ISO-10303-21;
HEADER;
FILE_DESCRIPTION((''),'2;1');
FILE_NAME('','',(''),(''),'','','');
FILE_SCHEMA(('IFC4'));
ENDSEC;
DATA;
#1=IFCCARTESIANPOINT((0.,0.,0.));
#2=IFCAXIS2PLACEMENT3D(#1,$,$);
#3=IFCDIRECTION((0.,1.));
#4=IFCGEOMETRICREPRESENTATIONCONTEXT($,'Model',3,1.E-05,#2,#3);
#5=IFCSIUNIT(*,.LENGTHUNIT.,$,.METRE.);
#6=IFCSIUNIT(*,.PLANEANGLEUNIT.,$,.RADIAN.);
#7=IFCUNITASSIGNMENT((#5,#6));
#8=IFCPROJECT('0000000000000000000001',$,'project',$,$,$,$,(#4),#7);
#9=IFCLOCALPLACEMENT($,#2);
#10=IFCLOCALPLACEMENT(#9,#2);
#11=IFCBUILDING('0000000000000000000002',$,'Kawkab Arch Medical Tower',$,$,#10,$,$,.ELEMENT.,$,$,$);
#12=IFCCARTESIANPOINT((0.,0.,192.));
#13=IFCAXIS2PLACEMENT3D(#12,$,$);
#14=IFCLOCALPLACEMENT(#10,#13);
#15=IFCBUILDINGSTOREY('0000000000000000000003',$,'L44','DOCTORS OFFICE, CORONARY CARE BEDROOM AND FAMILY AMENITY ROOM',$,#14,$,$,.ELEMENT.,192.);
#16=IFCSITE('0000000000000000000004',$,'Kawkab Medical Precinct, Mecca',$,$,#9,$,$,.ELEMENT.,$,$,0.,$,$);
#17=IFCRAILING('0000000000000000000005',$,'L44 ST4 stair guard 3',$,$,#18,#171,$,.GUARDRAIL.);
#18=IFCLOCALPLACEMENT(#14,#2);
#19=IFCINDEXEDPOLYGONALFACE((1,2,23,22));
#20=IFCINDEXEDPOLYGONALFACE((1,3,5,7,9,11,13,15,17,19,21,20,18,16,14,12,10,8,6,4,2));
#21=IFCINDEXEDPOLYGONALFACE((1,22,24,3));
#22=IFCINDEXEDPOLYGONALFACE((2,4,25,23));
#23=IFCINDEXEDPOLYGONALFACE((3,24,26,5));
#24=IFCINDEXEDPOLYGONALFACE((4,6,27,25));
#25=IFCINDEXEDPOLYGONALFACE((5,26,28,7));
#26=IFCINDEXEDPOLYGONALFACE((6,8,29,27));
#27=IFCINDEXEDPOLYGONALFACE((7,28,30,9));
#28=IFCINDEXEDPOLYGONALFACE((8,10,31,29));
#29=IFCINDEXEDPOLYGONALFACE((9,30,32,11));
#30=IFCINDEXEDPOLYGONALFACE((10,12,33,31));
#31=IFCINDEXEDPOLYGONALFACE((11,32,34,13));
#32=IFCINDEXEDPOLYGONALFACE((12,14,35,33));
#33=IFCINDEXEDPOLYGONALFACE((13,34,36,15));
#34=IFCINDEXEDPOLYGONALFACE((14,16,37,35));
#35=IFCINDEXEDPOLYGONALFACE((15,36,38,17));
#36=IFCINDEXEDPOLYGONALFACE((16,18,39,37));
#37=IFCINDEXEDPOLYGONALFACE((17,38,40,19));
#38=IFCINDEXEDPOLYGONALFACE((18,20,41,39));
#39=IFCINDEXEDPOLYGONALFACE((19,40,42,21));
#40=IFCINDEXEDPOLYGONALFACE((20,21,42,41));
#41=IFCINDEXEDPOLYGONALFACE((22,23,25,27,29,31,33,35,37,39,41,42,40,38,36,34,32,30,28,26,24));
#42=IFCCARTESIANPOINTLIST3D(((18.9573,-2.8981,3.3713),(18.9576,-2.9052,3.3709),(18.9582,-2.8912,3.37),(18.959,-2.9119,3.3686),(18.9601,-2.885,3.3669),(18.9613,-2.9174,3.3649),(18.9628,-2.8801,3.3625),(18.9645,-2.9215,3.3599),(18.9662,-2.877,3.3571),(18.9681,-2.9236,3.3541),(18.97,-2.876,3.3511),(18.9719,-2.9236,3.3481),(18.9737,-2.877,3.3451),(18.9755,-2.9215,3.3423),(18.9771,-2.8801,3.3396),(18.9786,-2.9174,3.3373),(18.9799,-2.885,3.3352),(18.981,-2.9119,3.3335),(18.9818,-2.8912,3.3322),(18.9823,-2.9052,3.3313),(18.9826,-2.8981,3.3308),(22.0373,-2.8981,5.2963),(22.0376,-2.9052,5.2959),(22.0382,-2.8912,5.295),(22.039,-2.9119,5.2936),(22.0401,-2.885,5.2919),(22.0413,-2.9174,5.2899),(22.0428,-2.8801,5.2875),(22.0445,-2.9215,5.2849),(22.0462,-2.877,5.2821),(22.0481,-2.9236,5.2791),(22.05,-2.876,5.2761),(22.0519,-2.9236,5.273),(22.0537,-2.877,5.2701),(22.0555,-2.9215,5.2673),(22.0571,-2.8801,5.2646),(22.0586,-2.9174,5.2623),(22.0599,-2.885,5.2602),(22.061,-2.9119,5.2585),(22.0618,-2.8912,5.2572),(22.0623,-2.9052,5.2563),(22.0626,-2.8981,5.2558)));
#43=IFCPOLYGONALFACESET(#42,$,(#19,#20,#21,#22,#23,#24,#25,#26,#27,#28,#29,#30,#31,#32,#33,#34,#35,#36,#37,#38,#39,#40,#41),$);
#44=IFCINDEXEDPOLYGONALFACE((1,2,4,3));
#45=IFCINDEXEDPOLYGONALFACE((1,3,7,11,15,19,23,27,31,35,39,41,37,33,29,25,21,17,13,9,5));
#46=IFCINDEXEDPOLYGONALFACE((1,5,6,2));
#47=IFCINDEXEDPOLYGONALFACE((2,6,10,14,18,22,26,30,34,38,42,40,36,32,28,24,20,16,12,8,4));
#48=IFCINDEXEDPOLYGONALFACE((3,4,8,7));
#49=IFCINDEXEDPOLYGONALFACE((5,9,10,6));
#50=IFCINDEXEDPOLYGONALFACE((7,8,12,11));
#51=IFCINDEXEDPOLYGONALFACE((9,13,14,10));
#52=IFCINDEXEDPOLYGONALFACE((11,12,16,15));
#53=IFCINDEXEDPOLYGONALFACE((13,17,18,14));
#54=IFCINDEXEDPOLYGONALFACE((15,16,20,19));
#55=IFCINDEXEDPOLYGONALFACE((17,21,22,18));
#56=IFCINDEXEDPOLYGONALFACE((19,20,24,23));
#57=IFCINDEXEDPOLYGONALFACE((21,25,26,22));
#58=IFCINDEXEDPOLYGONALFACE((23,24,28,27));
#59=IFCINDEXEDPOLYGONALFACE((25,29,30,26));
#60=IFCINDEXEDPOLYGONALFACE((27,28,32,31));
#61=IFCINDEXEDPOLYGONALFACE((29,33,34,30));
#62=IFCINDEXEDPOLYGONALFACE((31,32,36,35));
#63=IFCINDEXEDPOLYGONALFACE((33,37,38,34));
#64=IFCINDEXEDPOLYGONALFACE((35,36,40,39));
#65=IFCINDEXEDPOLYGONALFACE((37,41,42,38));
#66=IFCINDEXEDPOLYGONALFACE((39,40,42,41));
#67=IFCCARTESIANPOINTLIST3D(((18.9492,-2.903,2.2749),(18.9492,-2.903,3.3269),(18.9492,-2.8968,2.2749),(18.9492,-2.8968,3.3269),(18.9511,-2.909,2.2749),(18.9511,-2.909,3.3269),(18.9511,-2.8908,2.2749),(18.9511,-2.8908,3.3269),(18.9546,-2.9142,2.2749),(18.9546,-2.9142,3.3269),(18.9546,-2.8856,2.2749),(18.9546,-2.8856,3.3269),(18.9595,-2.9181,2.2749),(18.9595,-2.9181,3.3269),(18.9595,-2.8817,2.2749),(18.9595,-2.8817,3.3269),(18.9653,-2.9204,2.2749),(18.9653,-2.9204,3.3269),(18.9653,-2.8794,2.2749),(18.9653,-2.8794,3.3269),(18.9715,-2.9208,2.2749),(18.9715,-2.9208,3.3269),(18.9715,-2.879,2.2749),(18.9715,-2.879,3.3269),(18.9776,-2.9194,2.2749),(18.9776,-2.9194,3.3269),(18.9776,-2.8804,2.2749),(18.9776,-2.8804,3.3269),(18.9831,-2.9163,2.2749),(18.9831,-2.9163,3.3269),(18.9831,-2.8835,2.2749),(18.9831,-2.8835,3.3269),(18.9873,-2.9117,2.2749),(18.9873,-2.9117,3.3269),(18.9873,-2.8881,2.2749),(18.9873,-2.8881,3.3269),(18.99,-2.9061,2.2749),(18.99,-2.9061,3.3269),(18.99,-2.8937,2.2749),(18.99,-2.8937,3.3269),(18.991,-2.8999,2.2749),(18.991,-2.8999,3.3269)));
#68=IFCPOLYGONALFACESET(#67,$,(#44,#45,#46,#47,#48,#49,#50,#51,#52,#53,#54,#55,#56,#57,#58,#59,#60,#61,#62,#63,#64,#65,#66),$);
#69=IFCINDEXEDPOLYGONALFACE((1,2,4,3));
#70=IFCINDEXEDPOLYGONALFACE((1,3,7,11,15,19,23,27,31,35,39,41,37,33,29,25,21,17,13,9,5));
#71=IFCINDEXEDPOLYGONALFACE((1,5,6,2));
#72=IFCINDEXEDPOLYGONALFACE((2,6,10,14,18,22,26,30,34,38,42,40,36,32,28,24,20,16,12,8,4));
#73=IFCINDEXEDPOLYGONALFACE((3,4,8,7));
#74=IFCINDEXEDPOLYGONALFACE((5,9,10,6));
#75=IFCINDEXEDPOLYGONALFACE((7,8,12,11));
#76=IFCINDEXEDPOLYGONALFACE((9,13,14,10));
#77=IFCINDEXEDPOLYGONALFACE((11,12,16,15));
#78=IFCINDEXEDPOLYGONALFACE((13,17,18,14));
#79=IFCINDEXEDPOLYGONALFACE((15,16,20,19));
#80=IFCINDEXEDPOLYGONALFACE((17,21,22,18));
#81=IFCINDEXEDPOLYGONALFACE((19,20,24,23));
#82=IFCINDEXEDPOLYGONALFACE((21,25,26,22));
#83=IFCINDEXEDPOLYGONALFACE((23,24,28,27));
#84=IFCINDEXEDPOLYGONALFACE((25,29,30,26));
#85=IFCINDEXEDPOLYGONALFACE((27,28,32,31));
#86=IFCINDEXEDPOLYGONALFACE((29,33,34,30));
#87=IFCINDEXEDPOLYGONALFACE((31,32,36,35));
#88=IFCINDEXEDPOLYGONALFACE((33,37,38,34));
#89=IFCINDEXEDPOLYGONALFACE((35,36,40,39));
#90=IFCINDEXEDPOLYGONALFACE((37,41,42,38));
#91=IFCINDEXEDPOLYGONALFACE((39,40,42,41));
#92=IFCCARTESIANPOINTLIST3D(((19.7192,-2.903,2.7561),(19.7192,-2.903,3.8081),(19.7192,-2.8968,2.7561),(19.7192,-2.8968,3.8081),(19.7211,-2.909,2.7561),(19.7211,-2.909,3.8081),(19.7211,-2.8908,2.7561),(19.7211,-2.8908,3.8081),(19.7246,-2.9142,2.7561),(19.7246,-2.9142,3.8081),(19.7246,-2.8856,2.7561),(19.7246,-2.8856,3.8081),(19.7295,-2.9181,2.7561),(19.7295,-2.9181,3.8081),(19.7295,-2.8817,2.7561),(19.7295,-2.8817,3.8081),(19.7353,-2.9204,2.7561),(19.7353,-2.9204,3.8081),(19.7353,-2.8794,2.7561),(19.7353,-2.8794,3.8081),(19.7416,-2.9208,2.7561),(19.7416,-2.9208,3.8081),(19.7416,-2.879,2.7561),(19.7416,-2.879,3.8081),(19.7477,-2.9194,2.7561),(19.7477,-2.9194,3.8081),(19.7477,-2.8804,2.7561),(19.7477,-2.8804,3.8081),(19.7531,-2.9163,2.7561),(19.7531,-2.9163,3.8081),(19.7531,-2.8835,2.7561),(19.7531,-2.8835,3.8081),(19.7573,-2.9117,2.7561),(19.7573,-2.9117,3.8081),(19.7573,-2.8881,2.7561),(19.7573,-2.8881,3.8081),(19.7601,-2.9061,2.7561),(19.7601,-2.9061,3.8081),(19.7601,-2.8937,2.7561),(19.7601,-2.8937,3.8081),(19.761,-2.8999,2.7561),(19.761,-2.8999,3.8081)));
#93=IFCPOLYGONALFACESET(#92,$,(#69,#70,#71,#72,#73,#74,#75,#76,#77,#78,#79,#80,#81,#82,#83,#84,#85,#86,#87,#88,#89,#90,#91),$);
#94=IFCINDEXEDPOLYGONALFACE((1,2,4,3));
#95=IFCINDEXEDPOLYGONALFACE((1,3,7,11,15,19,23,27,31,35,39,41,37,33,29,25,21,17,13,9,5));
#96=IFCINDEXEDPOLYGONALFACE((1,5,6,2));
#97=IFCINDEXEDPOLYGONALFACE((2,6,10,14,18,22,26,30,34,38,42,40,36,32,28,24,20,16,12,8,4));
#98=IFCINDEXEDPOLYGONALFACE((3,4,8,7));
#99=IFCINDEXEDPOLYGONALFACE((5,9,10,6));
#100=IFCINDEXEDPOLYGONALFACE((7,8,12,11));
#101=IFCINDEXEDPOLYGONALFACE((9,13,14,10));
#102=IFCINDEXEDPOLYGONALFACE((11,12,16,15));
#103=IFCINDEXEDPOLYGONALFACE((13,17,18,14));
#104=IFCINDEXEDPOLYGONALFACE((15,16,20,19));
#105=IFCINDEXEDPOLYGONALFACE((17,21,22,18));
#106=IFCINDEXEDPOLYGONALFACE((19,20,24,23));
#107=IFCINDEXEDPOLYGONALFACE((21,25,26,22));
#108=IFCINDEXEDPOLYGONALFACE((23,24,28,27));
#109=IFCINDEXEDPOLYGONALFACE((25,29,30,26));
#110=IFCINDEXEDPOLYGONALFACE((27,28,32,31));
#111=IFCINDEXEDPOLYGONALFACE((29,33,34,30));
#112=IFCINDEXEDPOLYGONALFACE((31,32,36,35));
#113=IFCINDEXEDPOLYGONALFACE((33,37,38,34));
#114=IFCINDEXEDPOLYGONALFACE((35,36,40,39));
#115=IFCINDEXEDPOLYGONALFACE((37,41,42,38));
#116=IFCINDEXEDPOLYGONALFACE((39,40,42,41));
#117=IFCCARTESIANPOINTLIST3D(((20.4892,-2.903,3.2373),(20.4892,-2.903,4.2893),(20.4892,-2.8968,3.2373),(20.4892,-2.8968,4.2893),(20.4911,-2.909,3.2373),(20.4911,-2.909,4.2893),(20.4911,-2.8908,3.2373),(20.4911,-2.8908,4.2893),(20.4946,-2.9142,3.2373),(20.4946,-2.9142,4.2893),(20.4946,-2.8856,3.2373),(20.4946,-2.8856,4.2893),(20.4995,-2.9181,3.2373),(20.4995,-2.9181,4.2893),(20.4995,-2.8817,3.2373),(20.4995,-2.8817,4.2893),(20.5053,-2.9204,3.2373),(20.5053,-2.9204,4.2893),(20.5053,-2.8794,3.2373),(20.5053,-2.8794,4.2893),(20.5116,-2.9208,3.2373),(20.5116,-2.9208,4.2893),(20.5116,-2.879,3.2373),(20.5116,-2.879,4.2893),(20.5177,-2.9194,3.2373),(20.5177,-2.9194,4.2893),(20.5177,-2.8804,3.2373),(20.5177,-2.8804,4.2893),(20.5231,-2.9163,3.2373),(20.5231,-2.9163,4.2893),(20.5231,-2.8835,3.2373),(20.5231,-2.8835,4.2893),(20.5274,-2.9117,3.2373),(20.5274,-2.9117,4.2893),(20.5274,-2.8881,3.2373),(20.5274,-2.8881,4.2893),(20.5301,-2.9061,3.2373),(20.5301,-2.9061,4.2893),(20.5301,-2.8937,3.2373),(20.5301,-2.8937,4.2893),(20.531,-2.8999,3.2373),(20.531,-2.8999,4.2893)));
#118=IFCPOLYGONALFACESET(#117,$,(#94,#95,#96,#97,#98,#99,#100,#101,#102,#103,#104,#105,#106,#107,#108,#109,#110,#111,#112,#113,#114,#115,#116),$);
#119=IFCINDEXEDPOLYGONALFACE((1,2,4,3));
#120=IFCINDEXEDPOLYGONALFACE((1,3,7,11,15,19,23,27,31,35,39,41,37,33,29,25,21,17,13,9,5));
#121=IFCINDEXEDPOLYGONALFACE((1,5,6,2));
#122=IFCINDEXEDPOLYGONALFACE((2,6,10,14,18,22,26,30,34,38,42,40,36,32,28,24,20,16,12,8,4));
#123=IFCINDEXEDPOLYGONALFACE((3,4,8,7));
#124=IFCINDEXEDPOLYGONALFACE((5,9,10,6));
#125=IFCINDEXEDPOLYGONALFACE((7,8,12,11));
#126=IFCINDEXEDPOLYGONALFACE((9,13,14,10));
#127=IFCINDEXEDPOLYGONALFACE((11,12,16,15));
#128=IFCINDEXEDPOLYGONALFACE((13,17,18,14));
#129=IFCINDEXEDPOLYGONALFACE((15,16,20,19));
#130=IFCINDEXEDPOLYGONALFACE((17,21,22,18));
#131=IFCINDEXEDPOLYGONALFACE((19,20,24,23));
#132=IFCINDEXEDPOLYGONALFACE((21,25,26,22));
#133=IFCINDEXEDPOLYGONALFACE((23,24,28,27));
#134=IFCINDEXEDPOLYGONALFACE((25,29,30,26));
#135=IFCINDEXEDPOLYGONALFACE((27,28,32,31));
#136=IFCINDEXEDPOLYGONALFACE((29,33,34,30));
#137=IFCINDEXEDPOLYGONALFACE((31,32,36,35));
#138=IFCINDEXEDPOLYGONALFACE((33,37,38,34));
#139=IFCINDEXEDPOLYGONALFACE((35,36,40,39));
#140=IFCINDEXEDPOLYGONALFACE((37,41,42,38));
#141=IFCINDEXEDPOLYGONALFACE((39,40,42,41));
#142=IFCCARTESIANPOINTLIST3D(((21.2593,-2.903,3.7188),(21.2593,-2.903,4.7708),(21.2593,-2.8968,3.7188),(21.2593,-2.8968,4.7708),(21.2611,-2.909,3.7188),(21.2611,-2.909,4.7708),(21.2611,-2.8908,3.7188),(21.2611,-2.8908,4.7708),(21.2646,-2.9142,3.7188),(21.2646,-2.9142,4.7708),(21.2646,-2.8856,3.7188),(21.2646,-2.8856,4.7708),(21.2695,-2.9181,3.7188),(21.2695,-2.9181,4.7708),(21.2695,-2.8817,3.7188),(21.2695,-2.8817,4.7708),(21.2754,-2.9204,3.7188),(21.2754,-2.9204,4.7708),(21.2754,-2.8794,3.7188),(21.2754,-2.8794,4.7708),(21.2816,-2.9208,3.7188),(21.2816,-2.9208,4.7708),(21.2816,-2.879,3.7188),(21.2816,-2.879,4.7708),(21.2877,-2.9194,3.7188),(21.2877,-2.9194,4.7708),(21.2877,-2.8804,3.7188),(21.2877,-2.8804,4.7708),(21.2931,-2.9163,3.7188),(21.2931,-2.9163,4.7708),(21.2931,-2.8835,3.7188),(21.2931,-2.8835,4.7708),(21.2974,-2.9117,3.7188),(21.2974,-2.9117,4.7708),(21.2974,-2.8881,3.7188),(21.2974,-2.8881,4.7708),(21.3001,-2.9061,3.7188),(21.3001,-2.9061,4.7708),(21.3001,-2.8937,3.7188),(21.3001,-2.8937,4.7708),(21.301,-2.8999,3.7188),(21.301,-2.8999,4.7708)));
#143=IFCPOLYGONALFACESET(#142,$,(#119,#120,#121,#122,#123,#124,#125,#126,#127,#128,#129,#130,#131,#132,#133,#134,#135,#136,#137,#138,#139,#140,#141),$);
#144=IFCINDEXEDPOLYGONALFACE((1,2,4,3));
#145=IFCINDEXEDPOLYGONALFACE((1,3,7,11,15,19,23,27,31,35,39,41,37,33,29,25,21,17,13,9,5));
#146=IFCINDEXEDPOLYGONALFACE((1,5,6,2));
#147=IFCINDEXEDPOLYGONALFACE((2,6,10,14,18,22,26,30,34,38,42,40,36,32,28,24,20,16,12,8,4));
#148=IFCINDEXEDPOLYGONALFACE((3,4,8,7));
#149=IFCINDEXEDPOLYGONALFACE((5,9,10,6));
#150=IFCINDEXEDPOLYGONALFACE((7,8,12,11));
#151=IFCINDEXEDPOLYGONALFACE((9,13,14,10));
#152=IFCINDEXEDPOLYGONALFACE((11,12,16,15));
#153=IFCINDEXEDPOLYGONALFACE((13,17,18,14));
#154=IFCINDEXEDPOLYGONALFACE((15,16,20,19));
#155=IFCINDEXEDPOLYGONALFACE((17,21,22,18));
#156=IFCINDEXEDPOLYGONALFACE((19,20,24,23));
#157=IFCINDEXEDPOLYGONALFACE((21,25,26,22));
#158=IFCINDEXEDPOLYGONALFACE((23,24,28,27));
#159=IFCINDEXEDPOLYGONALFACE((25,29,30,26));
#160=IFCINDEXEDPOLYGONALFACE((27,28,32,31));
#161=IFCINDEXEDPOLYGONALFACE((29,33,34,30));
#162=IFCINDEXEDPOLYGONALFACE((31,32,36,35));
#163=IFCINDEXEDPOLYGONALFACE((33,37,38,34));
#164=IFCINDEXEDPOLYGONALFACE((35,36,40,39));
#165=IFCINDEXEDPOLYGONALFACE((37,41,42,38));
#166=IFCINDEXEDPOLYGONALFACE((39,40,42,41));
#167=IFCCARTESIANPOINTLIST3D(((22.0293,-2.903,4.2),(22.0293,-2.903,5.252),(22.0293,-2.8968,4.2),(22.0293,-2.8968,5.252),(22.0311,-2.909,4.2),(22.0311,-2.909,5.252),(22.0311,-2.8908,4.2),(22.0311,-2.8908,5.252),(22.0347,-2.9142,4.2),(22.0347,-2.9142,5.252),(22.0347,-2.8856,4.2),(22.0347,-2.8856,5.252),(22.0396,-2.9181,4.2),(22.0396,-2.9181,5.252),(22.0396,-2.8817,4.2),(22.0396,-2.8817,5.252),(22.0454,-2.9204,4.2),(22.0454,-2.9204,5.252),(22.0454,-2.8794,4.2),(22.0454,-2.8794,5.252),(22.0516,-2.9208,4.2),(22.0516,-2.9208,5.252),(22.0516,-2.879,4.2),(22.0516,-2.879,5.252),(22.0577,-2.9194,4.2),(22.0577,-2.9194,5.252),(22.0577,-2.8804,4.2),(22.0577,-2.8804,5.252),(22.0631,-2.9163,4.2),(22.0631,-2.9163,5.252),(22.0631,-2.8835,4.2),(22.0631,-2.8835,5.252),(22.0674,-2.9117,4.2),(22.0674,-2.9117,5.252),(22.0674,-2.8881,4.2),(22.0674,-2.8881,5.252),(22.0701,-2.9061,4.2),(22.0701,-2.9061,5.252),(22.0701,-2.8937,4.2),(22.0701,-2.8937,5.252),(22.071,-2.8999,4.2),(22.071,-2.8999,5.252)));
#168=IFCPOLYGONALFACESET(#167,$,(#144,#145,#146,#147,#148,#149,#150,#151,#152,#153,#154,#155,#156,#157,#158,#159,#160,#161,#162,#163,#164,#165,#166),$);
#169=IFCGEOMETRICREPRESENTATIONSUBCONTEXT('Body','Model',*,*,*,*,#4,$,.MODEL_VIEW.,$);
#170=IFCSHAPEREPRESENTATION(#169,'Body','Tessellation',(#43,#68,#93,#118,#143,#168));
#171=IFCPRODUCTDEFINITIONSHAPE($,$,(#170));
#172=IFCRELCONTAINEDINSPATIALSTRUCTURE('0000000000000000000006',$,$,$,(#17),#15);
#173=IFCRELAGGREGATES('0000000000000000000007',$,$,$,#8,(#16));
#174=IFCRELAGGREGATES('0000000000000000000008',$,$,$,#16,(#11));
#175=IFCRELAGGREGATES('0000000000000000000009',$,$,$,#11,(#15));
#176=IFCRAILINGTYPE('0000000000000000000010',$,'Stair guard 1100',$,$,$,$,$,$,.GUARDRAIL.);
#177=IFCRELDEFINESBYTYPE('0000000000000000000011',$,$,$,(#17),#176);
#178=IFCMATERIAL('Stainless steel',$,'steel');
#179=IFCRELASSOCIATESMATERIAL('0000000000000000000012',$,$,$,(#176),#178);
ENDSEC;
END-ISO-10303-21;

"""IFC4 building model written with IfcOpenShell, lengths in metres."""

from ifc_helpers import new_model, si_unit, direction, frame, origin, origin_2d, place, context, subcontext, project, spatial, circle, extrude, material, type_object, element, save


model = new_model("IFC4")

# Units and contexts
model_context = context("Model", 3, precision=1e-05, world=origin(), true_north=direction((0.0, 1.0)))
body_context = subcontext(model_context, "Body", "Model", "MODEL_VIEW")
ifc_project = project(units=[si_unit("LENGTHUNIT", "METRE"), si_unit("PLANEANGLEUNIT", "RADIAN")], contexts=[model_context])

# Site, building, storey
site_placement = place(None, origin())
site = spatial("IfcSite", under=ifc_project, at=site_placement, Name="Kawkab Medical Precinct, Mecca", CompositionType="ELEMENT", RefElevation=0.0)
building_placement = place(site_placement, origin())
building = spatial("IfcBuilding", under=site, at=building_placement, Name="Kawkab Arch Medical Tower", CompositionType="ELEMENT")
storey_placement = place(building_placement, frame((0.0, 0.0, 192.0)))
storey = spatial("IfcBuildingStorey", under=building, at=storey_placement, Name="L44", Description="DOCTORS OFFICE, CORONARY CARE BEDROOM AND FAMILY AMENITY ROOM", CompositionType="ELEMENT", Elevation=192.0)

# Railing
ifc_material_1 = material(Name="Stainless steel", Category="steel")
railing_type_1 = type_object("IfcRailingType", Name="Stair guard 1100", PredefinedType="GUARDRAIL", material=ifc_material_1)
railing_1_placement = place(storey_placement, frame((18.97, -2.8999, 2.2749)))
element("IfcRailing", 1, at=railing_1_placement, inside=storey, type_object=railing_type_1, Name="L44 ST4 stair guard 3", PredefinedType="GUARDRAIL", context=body_context, shape_type="SweptSolid", body=[
    extrude(circle(Radius=0.0239, at=origin_2d()), frame((0.0, 0.0, 1.0762), z_axis=(0.847998, 0.0, 0.529999), x_axis=(0.0, 1.0, 0.0)), (0.0, 0.0, 1.0), 3.6321),
    extrude(circle(Radius=0.021, at=origin_2d()), origin(), (0.0, 0.0, 1.0), 1.052),
    extrude(circle(Radius=0.021, at=origin_2d()), frame((0.77, 0.0, 0.4812)), (0.0, 0.0, 1.0), 1.052),
    extrude(circle(Radius=0.021, at=origin_2d()), frame((1.54, 0.0, 0.9624)), (0.0, 0.0, 1.0), 1.052),
    extrude(circle(Radius=0.021, at=origin_2d()), frame((2.3101, 0.0, 1.4438)), (0.0, 0.0, 1.0), 1.052),
    extrude(circle(Radius=0.021, at=origin_2d()), frame((3.0801, 0.0, 1.925)), (0.0, 0.0, 1.0), 1.052),
])

save(model, "model.ifc")
